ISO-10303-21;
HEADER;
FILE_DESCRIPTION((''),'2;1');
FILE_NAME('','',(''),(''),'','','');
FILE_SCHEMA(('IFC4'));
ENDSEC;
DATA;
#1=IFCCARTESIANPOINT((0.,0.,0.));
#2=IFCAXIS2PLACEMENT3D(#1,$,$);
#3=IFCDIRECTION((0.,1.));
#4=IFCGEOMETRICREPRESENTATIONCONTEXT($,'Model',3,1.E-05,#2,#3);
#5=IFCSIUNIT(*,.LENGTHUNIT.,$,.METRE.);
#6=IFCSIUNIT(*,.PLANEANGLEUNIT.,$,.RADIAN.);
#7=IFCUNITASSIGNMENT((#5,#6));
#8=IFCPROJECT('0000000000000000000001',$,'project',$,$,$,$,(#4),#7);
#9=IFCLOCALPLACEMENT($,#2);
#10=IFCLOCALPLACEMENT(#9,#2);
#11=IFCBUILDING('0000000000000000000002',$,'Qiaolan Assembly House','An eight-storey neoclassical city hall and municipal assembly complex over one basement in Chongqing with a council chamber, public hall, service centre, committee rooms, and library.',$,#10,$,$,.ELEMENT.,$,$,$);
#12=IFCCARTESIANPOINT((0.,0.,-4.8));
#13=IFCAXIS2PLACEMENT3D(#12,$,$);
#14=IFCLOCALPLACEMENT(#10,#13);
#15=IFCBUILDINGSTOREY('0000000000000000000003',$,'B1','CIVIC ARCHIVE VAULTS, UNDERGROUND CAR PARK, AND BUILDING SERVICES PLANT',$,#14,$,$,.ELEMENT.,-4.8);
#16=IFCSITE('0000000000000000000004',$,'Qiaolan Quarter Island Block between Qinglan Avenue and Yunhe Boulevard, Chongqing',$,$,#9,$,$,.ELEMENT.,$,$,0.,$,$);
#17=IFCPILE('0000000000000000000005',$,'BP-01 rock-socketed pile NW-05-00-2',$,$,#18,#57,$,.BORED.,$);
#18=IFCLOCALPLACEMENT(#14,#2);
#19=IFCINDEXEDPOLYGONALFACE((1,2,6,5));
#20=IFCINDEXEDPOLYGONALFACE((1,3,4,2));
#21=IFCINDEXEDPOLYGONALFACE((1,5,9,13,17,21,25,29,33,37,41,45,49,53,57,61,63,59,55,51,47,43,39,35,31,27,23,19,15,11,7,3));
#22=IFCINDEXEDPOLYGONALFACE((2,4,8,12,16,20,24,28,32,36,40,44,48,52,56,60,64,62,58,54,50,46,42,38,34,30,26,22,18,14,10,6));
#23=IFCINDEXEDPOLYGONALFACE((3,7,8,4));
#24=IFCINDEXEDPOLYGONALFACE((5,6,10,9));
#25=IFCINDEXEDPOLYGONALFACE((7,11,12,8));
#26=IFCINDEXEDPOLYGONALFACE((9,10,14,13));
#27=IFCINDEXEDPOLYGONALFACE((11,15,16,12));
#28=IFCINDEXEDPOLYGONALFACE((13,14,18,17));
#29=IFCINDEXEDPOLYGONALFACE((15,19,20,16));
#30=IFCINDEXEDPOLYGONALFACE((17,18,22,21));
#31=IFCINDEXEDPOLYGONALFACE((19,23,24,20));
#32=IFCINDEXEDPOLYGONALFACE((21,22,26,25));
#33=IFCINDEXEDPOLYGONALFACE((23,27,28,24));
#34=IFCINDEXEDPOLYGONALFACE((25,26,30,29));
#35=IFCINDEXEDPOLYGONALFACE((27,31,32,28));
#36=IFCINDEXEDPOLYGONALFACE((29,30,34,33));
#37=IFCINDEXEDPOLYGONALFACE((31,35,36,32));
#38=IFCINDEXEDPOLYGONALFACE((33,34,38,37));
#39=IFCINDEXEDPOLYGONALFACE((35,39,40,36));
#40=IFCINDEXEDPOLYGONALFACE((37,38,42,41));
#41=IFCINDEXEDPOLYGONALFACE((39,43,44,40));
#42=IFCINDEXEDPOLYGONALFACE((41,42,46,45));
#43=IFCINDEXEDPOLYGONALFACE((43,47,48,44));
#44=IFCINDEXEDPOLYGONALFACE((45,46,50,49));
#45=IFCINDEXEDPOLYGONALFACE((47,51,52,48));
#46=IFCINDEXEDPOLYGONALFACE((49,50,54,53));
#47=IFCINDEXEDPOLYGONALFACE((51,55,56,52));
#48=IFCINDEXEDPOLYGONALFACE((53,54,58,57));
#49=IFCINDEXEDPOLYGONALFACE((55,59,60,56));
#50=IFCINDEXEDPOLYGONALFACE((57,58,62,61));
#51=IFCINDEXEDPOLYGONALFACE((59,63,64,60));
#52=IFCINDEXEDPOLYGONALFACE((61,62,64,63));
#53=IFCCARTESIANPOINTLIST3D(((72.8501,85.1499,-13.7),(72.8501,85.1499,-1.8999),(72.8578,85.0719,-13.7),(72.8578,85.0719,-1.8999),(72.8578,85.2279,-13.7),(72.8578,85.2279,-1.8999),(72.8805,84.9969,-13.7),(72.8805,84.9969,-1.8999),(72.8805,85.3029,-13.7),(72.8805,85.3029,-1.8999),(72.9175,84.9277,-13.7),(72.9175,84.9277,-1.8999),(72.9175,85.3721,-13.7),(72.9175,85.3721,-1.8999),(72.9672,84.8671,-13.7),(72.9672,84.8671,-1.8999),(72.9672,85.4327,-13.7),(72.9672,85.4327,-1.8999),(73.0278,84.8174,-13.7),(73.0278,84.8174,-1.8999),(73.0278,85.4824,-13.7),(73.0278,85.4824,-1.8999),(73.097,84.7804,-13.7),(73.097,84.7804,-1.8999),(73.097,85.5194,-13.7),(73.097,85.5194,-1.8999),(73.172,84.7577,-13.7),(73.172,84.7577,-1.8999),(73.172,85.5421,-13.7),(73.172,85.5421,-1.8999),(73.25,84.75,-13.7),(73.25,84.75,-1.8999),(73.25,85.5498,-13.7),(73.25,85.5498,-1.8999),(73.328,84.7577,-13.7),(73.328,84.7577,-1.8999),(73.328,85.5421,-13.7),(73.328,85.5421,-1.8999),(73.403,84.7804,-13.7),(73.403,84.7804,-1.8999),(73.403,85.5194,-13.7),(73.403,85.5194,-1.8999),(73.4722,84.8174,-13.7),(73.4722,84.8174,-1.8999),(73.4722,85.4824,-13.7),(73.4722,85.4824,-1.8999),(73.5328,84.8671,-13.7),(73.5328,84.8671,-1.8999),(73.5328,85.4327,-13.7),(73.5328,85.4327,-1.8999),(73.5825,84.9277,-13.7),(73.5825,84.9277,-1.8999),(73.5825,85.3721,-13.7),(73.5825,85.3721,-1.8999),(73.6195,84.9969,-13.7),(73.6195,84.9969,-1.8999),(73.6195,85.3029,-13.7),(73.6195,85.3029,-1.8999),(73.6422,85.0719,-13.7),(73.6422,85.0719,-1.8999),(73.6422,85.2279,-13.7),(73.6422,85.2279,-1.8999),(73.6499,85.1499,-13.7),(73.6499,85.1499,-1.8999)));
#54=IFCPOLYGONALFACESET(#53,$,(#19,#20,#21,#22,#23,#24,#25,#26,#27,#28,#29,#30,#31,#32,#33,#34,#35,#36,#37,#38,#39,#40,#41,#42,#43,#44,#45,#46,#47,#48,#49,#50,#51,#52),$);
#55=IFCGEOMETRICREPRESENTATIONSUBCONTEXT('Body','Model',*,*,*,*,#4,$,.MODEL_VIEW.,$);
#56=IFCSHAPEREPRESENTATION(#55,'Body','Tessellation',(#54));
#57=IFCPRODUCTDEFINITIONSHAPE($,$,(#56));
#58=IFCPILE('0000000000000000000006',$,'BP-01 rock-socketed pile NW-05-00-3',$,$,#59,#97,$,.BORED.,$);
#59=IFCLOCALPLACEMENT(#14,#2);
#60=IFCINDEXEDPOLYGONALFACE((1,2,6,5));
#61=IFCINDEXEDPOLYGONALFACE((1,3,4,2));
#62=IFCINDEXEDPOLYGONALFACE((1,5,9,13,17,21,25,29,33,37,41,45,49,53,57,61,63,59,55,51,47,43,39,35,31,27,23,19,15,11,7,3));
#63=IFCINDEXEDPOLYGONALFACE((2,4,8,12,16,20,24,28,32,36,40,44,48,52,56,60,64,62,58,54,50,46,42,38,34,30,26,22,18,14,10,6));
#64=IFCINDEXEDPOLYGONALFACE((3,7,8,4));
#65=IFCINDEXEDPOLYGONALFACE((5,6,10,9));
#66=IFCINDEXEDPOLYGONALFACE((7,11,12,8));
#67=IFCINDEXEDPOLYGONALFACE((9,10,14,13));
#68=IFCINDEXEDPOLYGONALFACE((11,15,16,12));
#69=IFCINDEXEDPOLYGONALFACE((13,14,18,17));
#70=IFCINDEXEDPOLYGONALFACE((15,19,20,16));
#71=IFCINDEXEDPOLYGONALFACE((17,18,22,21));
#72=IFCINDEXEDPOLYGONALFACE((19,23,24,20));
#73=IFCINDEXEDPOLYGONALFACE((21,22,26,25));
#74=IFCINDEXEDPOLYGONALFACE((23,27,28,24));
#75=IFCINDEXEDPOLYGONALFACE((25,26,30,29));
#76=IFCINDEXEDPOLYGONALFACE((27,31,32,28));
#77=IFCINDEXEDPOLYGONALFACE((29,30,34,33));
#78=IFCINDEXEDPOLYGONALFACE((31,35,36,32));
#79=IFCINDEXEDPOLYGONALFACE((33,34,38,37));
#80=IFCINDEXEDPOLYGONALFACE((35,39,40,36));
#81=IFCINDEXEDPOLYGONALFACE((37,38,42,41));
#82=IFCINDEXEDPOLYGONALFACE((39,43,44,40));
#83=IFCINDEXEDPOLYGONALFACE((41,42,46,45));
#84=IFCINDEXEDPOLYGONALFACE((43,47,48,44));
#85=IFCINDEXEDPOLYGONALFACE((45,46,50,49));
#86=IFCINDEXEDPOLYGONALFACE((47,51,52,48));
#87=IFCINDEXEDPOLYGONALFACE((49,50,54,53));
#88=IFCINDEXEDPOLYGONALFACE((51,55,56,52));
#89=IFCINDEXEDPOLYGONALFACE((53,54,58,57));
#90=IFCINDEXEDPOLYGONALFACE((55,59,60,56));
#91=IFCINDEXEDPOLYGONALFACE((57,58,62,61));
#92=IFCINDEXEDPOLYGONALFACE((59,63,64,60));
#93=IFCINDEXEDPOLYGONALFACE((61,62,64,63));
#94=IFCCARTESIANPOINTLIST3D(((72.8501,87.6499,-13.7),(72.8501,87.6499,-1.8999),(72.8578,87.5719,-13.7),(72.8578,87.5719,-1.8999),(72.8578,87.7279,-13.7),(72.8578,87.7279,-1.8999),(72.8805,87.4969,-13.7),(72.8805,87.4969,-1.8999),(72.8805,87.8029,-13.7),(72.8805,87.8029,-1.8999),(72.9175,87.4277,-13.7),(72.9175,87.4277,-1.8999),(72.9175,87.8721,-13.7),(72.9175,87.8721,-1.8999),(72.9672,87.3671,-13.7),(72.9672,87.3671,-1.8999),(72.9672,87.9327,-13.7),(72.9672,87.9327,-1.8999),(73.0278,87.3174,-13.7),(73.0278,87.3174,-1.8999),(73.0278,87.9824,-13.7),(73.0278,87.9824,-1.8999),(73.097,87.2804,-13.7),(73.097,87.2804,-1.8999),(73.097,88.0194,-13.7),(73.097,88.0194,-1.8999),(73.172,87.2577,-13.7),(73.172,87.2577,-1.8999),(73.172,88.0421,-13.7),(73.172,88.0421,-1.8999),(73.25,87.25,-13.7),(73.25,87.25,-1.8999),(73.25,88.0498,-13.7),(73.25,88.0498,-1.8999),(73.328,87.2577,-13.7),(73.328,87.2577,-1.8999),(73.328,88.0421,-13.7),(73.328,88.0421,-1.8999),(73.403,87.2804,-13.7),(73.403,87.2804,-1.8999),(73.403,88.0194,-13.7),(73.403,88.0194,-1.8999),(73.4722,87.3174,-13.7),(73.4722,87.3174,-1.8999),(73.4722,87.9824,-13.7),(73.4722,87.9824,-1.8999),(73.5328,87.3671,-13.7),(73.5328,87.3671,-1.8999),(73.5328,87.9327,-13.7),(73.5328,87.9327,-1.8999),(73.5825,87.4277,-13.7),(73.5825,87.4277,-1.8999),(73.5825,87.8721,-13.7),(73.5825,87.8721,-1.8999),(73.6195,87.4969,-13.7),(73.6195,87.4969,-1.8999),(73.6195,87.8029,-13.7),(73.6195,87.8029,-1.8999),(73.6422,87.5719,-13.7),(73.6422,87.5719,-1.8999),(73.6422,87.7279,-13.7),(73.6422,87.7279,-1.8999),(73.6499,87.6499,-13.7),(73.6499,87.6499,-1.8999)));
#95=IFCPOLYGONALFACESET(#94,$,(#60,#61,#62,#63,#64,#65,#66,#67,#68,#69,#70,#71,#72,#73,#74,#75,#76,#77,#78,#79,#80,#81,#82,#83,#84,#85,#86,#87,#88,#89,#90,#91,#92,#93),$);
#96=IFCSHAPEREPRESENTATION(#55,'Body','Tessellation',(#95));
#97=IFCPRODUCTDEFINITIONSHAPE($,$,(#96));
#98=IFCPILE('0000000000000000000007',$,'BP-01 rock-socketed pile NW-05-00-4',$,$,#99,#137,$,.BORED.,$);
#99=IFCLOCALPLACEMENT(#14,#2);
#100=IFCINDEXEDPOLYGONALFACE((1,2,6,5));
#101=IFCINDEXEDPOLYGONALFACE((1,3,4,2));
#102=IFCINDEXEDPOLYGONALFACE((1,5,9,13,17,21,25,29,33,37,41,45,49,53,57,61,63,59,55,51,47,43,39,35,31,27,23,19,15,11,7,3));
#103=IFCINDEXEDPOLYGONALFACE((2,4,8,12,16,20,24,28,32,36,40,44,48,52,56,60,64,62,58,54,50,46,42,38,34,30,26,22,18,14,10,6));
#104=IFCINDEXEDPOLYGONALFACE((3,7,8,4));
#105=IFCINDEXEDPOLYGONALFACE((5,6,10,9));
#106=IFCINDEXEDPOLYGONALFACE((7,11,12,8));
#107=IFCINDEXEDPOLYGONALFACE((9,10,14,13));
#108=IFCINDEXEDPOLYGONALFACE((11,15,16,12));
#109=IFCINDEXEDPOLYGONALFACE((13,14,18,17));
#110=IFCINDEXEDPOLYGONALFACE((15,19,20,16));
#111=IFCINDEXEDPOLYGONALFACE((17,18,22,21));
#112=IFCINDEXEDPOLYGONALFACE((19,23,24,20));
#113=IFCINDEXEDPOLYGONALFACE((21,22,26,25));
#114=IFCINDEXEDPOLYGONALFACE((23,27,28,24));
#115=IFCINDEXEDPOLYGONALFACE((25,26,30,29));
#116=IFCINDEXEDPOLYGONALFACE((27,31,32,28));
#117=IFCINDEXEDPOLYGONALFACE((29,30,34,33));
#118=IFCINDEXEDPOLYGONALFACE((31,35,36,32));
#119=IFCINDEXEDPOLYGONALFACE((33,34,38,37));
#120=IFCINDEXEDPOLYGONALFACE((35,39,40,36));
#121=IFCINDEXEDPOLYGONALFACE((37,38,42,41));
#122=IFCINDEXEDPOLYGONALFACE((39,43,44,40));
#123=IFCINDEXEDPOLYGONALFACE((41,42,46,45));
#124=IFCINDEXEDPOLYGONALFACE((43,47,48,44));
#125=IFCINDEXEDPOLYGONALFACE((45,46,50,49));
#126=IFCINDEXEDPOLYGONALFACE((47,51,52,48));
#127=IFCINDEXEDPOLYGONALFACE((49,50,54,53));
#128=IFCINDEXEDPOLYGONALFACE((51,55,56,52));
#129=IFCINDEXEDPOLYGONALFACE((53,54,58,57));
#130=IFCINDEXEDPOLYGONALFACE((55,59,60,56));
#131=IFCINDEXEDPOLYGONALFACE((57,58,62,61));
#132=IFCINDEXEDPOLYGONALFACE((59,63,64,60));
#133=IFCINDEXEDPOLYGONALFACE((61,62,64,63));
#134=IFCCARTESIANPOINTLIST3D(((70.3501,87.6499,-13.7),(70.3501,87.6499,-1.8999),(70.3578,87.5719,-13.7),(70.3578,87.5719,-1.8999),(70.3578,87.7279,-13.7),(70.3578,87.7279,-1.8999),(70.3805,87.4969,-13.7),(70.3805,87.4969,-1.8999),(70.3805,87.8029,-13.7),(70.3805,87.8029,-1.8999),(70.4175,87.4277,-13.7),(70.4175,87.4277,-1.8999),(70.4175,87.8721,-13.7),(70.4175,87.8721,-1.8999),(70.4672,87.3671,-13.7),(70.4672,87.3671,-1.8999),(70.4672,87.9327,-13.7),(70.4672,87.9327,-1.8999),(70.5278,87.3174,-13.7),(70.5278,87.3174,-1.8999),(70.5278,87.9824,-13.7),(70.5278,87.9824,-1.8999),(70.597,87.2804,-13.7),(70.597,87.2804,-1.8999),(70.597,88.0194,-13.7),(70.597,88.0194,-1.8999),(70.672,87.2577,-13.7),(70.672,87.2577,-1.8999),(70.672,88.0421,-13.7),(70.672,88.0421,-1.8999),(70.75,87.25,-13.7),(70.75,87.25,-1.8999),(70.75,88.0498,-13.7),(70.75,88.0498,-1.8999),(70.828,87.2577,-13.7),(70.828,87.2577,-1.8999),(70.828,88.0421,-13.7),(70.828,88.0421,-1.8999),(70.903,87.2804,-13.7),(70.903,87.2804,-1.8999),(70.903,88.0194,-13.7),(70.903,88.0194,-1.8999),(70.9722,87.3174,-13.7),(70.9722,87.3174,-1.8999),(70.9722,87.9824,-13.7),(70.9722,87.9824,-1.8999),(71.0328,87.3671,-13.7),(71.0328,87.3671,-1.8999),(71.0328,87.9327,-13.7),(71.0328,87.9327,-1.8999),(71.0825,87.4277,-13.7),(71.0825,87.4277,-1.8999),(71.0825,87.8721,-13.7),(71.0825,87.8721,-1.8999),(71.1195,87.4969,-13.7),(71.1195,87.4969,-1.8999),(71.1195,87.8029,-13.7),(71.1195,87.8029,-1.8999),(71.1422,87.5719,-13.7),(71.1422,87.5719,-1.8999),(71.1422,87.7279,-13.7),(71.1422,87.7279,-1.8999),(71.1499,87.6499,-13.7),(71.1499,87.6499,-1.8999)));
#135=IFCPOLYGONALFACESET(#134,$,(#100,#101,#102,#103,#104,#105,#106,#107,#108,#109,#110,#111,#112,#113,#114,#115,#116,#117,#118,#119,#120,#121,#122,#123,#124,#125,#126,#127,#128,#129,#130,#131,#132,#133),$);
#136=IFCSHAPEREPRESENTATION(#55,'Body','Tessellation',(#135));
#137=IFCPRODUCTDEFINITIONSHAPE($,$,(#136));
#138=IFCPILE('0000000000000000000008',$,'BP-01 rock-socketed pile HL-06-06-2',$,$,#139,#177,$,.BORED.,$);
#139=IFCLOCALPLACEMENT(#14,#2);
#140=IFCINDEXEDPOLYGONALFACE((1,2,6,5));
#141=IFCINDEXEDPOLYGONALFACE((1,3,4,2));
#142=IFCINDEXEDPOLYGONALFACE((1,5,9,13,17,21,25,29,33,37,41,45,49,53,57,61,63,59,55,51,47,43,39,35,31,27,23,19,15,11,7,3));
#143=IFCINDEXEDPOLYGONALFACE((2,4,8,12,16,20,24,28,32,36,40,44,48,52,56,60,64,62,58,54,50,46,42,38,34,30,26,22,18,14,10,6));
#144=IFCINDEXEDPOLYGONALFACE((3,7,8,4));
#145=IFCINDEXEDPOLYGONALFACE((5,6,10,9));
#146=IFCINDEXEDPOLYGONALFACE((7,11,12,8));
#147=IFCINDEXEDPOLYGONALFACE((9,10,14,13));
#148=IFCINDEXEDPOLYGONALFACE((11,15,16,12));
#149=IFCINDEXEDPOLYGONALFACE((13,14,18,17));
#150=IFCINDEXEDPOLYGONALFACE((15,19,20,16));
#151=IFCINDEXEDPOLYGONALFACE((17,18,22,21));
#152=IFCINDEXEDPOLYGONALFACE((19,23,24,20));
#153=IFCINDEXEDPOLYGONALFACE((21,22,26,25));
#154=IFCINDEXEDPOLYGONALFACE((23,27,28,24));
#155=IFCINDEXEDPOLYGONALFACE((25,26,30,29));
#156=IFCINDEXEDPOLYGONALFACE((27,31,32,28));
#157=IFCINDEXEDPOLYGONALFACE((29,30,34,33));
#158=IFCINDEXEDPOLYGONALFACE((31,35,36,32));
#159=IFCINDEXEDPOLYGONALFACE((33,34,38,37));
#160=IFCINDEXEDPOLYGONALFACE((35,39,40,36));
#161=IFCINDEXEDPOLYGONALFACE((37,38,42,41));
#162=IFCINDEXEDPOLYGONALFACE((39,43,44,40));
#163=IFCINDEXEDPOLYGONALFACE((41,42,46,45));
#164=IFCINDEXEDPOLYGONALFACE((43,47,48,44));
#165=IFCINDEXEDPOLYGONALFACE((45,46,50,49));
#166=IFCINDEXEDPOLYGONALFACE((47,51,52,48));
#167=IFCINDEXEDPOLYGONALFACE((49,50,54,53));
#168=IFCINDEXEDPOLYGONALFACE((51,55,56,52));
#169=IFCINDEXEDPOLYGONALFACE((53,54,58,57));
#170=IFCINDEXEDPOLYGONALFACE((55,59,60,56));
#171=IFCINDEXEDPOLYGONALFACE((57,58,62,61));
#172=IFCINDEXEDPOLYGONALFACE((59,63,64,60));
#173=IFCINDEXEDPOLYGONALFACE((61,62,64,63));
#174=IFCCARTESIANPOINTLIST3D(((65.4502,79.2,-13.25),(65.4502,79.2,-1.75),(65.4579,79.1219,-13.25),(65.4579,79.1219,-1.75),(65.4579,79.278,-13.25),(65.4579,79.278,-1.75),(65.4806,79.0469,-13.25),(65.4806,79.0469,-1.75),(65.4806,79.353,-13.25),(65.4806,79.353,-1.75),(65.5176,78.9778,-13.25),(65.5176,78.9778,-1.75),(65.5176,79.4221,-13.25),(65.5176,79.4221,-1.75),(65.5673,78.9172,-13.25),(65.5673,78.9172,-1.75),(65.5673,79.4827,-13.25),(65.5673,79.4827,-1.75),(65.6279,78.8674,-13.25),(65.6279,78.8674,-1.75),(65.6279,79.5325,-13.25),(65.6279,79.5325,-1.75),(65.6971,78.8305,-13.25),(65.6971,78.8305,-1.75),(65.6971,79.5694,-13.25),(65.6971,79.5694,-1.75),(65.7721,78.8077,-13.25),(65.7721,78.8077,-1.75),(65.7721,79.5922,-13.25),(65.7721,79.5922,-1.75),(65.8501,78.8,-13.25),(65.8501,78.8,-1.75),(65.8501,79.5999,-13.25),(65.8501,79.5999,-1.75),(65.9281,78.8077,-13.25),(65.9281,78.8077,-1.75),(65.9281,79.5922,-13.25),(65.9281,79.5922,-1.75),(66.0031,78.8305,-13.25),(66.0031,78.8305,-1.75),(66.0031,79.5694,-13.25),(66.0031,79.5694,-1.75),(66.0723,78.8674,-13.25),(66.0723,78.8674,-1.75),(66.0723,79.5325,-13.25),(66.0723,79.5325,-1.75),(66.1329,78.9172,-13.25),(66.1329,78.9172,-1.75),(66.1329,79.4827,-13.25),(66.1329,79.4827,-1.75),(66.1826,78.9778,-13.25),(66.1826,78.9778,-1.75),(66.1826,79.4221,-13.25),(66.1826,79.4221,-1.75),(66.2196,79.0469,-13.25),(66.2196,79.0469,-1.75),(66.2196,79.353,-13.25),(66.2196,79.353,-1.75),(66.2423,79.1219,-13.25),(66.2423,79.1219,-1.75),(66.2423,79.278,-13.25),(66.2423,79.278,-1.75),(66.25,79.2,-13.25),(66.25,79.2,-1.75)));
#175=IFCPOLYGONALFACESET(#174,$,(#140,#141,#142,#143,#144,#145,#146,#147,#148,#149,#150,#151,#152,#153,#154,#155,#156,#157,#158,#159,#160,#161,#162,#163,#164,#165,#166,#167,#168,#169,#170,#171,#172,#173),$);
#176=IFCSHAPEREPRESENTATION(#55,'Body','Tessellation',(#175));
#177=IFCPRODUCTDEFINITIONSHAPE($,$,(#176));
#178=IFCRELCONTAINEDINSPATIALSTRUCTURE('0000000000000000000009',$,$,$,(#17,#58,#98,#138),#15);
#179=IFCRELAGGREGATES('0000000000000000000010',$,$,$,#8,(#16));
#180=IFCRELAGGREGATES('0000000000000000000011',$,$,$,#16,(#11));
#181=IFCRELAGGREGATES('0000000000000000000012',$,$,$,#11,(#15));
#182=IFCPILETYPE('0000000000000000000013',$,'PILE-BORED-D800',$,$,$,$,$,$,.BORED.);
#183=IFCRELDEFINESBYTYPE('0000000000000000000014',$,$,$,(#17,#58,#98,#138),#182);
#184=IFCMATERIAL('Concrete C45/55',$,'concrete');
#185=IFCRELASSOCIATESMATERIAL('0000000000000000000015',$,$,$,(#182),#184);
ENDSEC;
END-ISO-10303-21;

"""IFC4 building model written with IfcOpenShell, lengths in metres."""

from ifc_helpers import new_model, si_unit, direction, frame, origin, origin_2d, place, context, subcontext, project, spatial, circle, extrude, material, material_profile, profile_set, type_object, element, save


model = new_model("IFC4")

# Units and contexts
model_context = context("Model", 3, precision=1e-05, world=origin(), true_north=direction((0.0, 1.0)))
body_context = subcontext(model_context, "Body", "Model", "MODEL_VIEW")
ifc_project = project(units=[si_unit("LENGTHUNIT", "METRE"), si_unit("PLANEANGLEUNIT", "RADIAN")], contexts=[model_context])

# Site, building, storey
site_placement = place(None, origin())
site = spatial("IfcSite", under=ifc_project, at=site_placement, Name="Qiaolan Quarter Island Block between Qinglan Avenue and Yunhe Boulevard, Chongqing", CompositionType="ELEMENT", RefElevation=0.0)
building_placement = place(site_placement, origin())
building = spatial("IfcBuilding", under=site, at=building_placement, Name="Qiaolan Assembly House", Description="An eight-storey neoclassical city hall and municipal assembly complex over one basement in Chongqing with a council chamber, public hall, service centre, committee rooms, and library.", CompositionType="ELEMENT")
storey_placement = place(building_placement, frame((0.0, 0.0, -4.8)))
storey = spatial("IfcBuildingStorey", under=building, at=storey_placement, Name="B1", Description="CIVIC ARCHIVE VAULTS, UNDERGROUND CAR PARK, AND BUILDING SERVICES PLANT", CompositionType="ELEMENT", Elevation=-4.8)

# Piles
ifc_material_1 = material(Name="Concrete C45/55", Category="concrete")
ifc_material_profile_1 = material_profile(ifc_material_1, circle(Radius=0.3999, at=origin_2d()), Name="PILE D800")
ifc_profile_set_1 = profile_set([ifc_material_profile_1], Name="Concrete C45/55")
pile_type = type_object("IfcPileType", Name="PILE-BORED-D800", PredefinedType="BORED", material=ifc_profile_set_1)
for number, where, z_axis, x_axis, name in (
    (1, (73.25, 85.1499, -1.8999), (0.0, 0.0, -1.0), (1.0, 0.0, 0.0), "BP-01 rock-socketed pile NW-05-00-2"),
    (2, (73.25, 87.6499, -1.8999), (0.0, 0.0, -1.0), (1.0, 0.0, 0.0), "BP-01 rock-socketed pile NW-05-00-3"),
    (3, (70.75, 87.6499, -1.8999), (0.0, 0.0, -1.0), (1.0, 0.0, 0.0), "BP-01 rock-socketed pile NW-05-00-4"),
):
    element("IfcPile", number, at=place(storey_placement, frame(where, z_axis=z_axis, x_axis=x_axis)), inside=storey, type_object=pile_type, Name=name, PredefinedType="BORED", context=body_context, shape_type="SweptSolid", body=[
        extrude(circle(Radius=0.3999, at=origin_2d()), origin(), (0.0, 0.0, 1.0), 11.8),
    ])
for number, where, z_axis, x_axis, name in (
    (4, (65.8501, 79.2, -1.75), (0.0, 0.0, -1.0), (1.0, 0.0, 0.0), "BP-01 rock-socketed pile HL-06-06-2"),
):
    element("IfcPile", number, at=place(storey_placement, frame(where, z_axis=z_axis, x_axis=x_axis)), inside=storey, type_object=pile_type, Name=name, PredefinedType="BORED", context=body_context, shape_type="SweptSolid", body=[
        extrude(circle(Radius=0.3999, at=origin_2d()), origin(), (0.0, 0.0, 1.0), 11.5),
    ])

save(model, "model.ifc")
